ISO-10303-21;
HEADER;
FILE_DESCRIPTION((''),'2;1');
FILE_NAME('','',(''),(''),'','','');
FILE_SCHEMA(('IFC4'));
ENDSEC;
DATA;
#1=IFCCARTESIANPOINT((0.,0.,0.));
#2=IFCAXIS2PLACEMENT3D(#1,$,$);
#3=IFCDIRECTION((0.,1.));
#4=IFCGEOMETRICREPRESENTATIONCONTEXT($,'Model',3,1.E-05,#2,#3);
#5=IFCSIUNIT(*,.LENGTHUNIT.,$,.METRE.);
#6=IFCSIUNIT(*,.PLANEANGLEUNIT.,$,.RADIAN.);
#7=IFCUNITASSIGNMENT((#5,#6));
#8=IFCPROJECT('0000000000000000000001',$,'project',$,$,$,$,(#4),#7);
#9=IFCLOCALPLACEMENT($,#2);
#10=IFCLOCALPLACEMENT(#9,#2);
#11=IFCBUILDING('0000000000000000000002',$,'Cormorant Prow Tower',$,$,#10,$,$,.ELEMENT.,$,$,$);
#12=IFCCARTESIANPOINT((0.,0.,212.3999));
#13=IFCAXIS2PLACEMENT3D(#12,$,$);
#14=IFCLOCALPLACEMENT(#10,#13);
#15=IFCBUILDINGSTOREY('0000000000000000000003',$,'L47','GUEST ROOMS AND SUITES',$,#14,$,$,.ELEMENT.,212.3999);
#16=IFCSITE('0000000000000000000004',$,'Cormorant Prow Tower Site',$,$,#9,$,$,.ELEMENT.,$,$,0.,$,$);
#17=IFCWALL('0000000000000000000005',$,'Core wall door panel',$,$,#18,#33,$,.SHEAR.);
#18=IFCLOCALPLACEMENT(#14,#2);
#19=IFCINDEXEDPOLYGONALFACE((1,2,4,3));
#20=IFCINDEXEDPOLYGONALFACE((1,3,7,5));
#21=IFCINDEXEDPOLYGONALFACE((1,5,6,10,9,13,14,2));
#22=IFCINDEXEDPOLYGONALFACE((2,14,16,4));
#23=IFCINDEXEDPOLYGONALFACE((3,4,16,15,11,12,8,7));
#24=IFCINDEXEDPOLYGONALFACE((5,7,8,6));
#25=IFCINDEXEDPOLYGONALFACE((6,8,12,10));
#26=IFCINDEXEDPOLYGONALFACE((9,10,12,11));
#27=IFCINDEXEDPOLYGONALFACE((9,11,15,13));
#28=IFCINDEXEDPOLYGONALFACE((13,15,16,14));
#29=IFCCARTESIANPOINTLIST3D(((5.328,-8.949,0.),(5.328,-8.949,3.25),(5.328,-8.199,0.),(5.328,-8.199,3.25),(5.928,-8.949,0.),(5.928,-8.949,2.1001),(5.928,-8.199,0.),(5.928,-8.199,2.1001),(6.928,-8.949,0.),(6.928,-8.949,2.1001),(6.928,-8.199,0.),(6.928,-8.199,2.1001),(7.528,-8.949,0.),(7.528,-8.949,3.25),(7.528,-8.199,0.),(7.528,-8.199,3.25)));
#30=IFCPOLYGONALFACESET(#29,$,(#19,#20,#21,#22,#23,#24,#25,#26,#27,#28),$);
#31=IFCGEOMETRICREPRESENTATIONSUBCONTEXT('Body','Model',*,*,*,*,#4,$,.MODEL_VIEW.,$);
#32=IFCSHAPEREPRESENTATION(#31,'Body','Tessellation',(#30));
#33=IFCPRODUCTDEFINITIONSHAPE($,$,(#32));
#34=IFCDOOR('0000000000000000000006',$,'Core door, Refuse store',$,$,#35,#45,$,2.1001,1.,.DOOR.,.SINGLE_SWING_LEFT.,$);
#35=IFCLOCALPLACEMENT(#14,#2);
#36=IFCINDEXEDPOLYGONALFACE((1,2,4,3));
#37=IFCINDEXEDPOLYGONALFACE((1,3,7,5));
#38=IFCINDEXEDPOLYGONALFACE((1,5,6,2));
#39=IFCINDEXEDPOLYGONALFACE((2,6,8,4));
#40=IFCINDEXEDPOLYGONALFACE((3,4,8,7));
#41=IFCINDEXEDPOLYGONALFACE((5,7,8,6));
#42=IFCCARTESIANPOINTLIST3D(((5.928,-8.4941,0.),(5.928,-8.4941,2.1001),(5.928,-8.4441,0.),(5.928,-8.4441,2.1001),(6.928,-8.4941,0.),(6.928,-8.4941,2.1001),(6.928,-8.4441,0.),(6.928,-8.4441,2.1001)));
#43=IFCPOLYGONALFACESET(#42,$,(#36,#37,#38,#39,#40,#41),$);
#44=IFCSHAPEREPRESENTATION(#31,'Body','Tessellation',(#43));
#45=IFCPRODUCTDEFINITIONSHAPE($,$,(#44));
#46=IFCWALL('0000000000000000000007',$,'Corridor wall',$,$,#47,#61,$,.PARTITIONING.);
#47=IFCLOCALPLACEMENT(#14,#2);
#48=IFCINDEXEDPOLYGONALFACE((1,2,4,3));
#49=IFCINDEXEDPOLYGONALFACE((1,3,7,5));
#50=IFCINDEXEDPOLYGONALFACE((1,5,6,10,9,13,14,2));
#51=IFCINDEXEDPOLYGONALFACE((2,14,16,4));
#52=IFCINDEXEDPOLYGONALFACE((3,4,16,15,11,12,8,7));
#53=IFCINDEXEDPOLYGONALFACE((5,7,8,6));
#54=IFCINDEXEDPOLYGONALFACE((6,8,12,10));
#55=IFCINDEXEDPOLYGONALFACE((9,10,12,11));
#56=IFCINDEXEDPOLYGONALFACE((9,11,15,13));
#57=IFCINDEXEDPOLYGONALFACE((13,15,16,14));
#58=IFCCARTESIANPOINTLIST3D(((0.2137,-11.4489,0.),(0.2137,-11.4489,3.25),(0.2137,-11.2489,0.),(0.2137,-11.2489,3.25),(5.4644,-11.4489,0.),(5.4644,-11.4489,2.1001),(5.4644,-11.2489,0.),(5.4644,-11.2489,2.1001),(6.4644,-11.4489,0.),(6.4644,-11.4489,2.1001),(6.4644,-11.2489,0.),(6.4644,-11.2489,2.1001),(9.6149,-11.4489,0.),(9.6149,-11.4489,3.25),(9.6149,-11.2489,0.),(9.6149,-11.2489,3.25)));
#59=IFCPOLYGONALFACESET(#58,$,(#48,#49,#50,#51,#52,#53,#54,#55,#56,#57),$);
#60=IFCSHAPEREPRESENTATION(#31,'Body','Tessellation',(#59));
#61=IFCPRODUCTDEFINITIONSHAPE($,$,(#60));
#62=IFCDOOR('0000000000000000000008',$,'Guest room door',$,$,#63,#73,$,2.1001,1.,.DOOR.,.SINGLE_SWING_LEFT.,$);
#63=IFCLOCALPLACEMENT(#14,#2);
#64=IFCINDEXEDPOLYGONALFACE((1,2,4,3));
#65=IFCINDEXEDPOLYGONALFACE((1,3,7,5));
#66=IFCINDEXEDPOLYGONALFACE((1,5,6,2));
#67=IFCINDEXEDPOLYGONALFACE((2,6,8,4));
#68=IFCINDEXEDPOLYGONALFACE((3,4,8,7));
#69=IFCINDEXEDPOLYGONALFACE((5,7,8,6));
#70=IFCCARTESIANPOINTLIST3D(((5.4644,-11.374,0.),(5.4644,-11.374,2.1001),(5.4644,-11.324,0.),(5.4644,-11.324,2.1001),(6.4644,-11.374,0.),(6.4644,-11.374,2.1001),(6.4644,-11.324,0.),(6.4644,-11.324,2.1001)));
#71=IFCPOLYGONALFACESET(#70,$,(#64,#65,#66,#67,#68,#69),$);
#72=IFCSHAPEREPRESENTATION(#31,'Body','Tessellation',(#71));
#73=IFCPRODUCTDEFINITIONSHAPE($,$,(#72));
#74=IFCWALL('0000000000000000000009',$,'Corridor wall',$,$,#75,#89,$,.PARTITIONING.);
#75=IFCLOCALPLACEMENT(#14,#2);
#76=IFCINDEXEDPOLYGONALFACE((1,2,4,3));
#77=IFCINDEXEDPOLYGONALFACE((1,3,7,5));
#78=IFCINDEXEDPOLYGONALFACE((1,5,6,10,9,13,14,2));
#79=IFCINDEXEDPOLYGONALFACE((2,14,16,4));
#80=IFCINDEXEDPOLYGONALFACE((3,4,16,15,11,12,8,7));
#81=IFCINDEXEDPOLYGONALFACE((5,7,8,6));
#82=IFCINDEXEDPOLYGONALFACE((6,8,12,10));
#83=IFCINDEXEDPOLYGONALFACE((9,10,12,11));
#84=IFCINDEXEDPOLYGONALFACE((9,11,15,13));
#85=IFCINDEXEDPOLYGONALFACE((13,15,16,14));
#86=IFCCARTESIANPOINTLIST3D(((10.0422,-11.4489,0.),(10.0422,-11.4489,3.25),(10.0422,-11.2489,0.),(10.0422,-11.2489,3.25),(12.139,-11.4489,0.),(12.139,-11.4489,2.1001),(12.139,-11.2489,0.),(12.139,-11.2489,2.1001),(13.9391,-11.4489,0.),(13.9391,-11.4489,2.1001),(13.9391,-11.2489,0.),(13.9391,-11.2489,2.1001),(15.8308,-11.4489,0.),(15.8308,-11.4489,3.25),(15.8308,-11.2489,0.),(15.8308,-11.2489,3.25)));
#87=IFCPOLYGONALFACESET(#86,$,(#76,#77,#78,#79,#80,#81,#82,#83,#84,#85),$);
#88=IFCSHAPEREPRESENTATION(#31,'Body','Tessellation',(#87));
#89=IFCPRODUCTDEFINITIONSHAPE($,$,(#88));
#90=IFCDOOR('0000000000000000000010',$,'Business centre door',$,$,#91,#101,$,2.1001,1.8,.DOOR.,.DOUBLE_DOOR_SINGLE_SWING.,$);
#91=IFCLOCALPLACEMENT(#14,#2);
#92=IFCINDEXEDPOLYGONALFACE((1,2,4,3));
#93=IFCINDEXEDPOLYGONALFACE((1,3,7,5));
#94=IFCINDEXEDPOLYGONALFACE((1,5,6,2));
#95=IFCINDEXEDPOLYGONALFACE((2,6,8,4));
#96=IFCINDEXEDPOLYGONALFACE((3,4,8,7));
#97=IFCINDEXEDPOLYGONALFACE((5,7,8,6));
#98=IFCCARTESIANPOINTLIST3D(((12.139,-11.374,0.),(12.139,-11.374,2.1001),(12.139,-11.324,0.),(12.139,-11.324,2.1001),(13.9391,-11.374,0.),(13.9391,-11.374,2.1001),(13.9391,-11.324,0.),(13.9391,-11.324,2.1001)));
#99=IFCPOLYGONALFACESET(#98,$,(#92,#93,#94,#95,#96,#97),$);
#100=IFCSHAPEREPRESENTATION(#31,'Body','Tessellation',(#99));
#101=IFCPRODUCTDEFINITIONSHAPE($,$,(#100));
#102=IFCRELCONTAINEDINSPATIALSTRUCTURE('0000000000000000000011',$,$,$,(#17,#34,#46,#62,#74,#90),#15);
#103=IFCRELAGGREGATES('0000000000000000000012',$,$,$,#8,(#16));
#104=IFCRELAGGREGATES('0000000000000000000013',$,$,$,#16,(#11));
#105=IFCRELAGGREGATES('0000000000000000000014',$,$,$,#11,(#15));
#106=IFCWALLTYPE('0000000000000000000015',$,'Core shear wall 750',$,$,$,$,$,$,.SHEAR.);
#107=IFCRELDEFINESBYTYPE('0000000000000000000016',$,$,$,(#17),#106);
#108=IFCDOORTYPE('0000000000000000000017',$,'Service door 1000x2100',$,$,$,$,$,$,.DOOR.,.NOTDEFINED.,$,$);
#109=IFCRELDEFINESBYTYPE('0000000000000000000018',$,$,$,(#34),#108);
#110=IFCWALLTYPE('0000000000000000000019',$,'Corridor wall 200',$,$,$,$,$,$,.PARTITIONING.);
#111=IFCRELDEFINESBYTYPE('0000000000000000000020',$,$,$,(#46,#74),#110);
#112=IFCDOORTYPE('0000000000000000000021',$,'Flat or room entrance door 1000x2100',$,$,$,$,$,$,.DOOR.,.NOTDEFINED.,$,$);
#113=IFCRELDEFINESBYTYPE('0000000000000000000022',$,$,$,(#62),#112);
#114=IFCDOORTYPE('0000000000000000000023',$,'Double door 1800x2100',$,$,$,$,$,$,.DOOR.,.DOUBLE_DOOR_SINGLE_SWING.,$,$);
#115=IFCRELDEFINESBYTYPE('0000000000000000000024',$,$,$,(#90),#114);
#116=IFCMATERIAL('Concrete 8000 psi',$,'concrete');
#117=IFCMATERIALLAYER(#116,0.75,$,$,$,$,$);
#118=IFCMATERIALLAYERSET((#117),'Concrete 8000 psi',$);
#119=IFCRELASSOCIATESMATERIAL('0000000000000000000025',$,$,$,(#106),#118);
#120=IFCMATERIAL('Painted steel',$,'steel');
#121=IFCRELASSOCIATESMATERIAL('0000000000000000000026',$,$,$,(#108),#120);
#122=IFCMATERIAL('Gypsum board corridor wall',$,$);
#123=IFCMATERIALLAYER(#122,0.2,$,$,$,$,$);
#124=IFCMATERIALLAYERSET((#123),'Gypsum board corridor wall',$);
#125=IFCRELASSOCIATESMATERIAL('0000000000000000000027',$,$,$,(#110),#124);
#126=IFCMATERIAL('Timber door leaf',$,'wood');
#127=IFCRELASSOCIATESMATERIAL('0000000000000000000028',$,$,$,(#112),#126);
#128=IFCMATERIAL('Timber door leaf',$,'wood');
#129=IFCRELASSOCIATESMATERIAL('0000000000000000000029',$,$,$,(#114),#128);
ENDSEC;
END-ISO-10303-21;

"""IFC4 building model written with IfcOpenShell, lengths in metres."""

from ifc_helpers import new_model, si_unit, direction, frame, frame_2d, origin, place, context, subcontext, project, spatial, rectangle, extrude, material, layer, layer_set, type_object, element, fill, save


model = new_model("IFC4")

# Units and contexts
model_context = context("Model", 3, precision=1e-05, world=origin(), true_north=direction((0.0, 1.0)))
body_context = subcontext(model_context, "Body", "Model", "MODEL_VIEW")
ifc_project = project(units=[si_unit("LENGTHUNIT", "METRE"), si_unit("PLANEANGLEUNIT", "RADIAN")], contexts=[model_context])

# Site, building, storey
site_placement = place(None, origin())
site = spatial("IfcSite", under=ifc_project, at=site_placement, Name="Cormorant Prow Tower Site", CompositionType="ELEMENT", RefElevation=0.0)
building_placement = place(site_placement, origin())
building = spatial("IfcBuilding", under=site, at=building_placement, Name="Cormorant Prow Tower", CompositionType="ELEMENT")
storey_placement = place(building_placement, frame((0.0, 0.0, 212.3999)))
storey = spatial("IfcBuildingStorey", under=building, at=storey_placement, Name="L47", Description="GUEST ROOMS AND SUITES", CompositionType="ELEMENT", Elevation=212.3999)

# Shared definitions
ifc_material_1 = material(Name="Concrete 8000 psi", Category="concrete")
ifc_layer_1 = layer(ifc_material_1, 0.75)
ifc_layer_set_1 = layer_set([ifc_layer_1], Name="Concrete 8000 psi")
wall_type_1 = type_object("IfcWallType", Name="Core shear wall 750", PredefinedType="SHEAR", material=ifc_layer_set_1)

# Walls, openings, doors
ifc_material_2 = material(Name="Painted steel", Category="steel")
door_type_1 = type_object("IfcDoorType", Name="Service door 1000x2100", OperationType="NOTDEFINED", PredefinedType="DOOR", material=ifc_material_2)
wall_1_placement = place(storey_placement, frame((5.3279, -8.574, 0.0), z_axis=(0.0, 0.0, 1.0), x_axis=(1.0, 0.0, 0.0)))
wall_1 = element("IfcWall", 1, at=wall_1_placement, inside=storey, type_object=wall_type_1, Name="Core wall door panel", PredefinedType="SHEAR", context=body_context, shape_type="SweptSolid", body=[
    extrude(rectangle(XDim=2.2, YDim=0.75, at=frame_2d((1.1001, 0.0))), origin(), (0.0, 0.0, 1.0), 3.25),
])
opening_1_placement = place(wall_1_placement, frame((0.6001, 0.0, 0.0)))
opening_1 = element("IfcOpeningElement", 2, at=opening_1_placement, cuts=wall_1, PredefinedType="OPENING", context=body_context, shape_type="SweptSolid", body=[
    extrude(rectangle(XDim=1.0, YDim=2.1001, at=frame_2d((0.5, 1.05))), frame((0.0, 0.385, 0.0), z_axis=(0.0, -1.0, 0.0), x_axis=(1.0, 0.0, 0.0)), (0.0, 0.0, 1.0), 0.77),
])
door_1_placement = place(opening_1_placement, origin())
door_1 = element("IfcDoor", 3, at=door_1_placement, inside=storey, type_object=door_type_1, Name="Core door, Refuse store", OperationType="SINGLE_SWING_LEFT", OverallHeight=2.1001, OverallWidth=1.0, PredefinedType="DOOR", context=body_context, shape_type="SweptSolid", body=[
    extrude(rectangle(XDim=1.0, YDim=2.1001, at=frame_2d((0.5, 1.05))), frame((0.0, 0.1299, 0.0), z_axis=(0.0, -1.0, 0.0), x_axis=(1.0, 0.0, 0.0)), (0.0, 0.0, 1.0), 0.05),
])
fill(opening_1, door_1)
ifc_material_3 = material(Name="Gypsum board corridor wall")
ifc_layer_2 = layer(ifc_material_3, 0.2)
ifc_layer_set_2 = layer_set([ifc_layer_2], Name="Gypsum board corridor wall")
wall_type_2 = type_object("IfcWallType", Name="Corridor wall 200", PredefinedType="PARTITIONING", material=ifc_layer_set_2)
wall_2_placement = place(storey_placement, frame((0.2136, -11.3489, 0.0), z_axis=(0.0, 0.0, 1.0), x_axis=(1.0, 0.0, 0.0)))
wall_2 = element("IfcWall", 4, at=wall_2_placement, inside=storey, type_object=wall_type_2, Name="Corridor wall", PredefinedType="PARTITIONING", context=body_context, shape_type="SweptSolid", body=[
    extrude(rectangle(XDim=9.4011, YDim=0.2, at=frame_2d((4.7007, 0.0))), origin(), (0.0, 0.0, 1.0), 3.25),
])
opening_2_placement = place(wall_2_placement, frame((5.2507, 0.0, 0.0)))
opening_2 = element("IfcOpeningElement", 5, at=opening_2_placement, cuts=wall_2, PredefinedType="OPENING", context=body_context, shape_type="SweptSolid", body=[
    extrude(rectangle(XDim=1.0, YDim=2.1001, at=frame_2d((0.5, 1.05))), frame((0.0, 0.1099, 0.0), z_axis=(0.0, -1.0, 0.0), x_axis=(1.0, 0.0, 0.0)), (0.0, 0.0, 1.0), 0.22),
])
ifc_material_4 = material(Name="Timber door leaf", Category="wood")
door_type_2 = type_object("IfcDoorType", Name="Flat or room entrance door 1000x2100", OperationType="NOTDEFINED", PredefinedType="DOOR", material=ifc_material_4)
door_2_placement = place(opening_2_placement, origin())
door_2 = element("IfcDoor", 6, at=door_2_placement, inside=storey, type_object=door_type_2, Name="Guest room door", OperationType="SINGLE_SWING_LEFT", OverallHeight=2.1001, OverallWidth=1.0, PredefinedType="DOOR", context=body_context, shape_type="SweptSolid", body=[
    extrude(rectangle(XDim=1.0, YDim=2.1001, at=frame_2d((0.5, 1.05))), frame((0.0, 0.0249, 0.0), z_axis=(0.0, -1.0, 0.0), x_axis=(1.0, 0.0, 0.0)), (0.0, 0.0, 1.0), 0.05),
])
fill(opening_2, door_2)
wall_3_placement = place(storey_placement, frame((10.0422, -11.3489, 0.0), z_axis=(0.0, 0.0, 1.0), x_axis=(1.0, 0.0, 0.0)))
wall_3 = element("IfcWall", 7, at=wall_3_placement, inside=storey, type_object=wall_type_2, Name="Corridor wall", PredefinedType="PARTITIONING", context=body_context, shape_type="SweptSolid", body=[
    extrude(rectangle(XDim=5.7886, YDim=0.2, at=frame_2d((2.8943, 0.0))), origin(), (0.0, 0.0, 1.0), 3.25),
])
opening_3_placement = place(wall_3_placement, frame((2.0969, 0.0, 0.0)))
opening_3 = element("IfcOpeningElement", 8, at=opening_3_placement, cuts=wall_3, PredefinedType="OPENING", context=body_context, shape_type="SweptSolid", body=[
    extrude(rectangle(XDim=1.8, YDim=2.1001, at=frame_2d((0.8999, 1.05))), frame((0.0, 0.1099, 0.0), z_axis=(0.0, -1.0, 0.0), x_axis=(1.0, 0.0, 0.0)), (0.0, 0.0, 1.0), 0.22),
])
ifc_material_5 = material(Name="Timber door leaf", Category="wood")
door_type_3 = type_object("IfcDoorType", Name="Double door 1800x2100", OperationType="DOUBLE_DOOR_SINGLE_SWING", PredefinedType="DOOR", material=ifc_material_5)
door_3_placement = place(opening_3_placement, origin())
door_3 = element("IfcDoor", 9, at=door_3_placement, inside=storey, type_object=door_type_3, Name="Business centre door", OperationType="DOUBLE_DOOR_SINGLE_SWING", OverallHeight=2.1001, OverallWidth=1.8, PredefinedType="DOOR", context=body_context, shape_type="SweptSolid", body=[
    extrude(rectangle(XDim=1.8, YDim=2.1001, at=frame_2d((0.8999, 1.05))), frame((0.0, 0.0249, 0.0), z_axis=(0.0, -1.0, 0.0), x_axis=(1.0, 0.0, 0.0)), (0.0, 0.0, 1.0), 0.05),
])
fill(opening_3, door_3)

save(model, "model.ifc")
